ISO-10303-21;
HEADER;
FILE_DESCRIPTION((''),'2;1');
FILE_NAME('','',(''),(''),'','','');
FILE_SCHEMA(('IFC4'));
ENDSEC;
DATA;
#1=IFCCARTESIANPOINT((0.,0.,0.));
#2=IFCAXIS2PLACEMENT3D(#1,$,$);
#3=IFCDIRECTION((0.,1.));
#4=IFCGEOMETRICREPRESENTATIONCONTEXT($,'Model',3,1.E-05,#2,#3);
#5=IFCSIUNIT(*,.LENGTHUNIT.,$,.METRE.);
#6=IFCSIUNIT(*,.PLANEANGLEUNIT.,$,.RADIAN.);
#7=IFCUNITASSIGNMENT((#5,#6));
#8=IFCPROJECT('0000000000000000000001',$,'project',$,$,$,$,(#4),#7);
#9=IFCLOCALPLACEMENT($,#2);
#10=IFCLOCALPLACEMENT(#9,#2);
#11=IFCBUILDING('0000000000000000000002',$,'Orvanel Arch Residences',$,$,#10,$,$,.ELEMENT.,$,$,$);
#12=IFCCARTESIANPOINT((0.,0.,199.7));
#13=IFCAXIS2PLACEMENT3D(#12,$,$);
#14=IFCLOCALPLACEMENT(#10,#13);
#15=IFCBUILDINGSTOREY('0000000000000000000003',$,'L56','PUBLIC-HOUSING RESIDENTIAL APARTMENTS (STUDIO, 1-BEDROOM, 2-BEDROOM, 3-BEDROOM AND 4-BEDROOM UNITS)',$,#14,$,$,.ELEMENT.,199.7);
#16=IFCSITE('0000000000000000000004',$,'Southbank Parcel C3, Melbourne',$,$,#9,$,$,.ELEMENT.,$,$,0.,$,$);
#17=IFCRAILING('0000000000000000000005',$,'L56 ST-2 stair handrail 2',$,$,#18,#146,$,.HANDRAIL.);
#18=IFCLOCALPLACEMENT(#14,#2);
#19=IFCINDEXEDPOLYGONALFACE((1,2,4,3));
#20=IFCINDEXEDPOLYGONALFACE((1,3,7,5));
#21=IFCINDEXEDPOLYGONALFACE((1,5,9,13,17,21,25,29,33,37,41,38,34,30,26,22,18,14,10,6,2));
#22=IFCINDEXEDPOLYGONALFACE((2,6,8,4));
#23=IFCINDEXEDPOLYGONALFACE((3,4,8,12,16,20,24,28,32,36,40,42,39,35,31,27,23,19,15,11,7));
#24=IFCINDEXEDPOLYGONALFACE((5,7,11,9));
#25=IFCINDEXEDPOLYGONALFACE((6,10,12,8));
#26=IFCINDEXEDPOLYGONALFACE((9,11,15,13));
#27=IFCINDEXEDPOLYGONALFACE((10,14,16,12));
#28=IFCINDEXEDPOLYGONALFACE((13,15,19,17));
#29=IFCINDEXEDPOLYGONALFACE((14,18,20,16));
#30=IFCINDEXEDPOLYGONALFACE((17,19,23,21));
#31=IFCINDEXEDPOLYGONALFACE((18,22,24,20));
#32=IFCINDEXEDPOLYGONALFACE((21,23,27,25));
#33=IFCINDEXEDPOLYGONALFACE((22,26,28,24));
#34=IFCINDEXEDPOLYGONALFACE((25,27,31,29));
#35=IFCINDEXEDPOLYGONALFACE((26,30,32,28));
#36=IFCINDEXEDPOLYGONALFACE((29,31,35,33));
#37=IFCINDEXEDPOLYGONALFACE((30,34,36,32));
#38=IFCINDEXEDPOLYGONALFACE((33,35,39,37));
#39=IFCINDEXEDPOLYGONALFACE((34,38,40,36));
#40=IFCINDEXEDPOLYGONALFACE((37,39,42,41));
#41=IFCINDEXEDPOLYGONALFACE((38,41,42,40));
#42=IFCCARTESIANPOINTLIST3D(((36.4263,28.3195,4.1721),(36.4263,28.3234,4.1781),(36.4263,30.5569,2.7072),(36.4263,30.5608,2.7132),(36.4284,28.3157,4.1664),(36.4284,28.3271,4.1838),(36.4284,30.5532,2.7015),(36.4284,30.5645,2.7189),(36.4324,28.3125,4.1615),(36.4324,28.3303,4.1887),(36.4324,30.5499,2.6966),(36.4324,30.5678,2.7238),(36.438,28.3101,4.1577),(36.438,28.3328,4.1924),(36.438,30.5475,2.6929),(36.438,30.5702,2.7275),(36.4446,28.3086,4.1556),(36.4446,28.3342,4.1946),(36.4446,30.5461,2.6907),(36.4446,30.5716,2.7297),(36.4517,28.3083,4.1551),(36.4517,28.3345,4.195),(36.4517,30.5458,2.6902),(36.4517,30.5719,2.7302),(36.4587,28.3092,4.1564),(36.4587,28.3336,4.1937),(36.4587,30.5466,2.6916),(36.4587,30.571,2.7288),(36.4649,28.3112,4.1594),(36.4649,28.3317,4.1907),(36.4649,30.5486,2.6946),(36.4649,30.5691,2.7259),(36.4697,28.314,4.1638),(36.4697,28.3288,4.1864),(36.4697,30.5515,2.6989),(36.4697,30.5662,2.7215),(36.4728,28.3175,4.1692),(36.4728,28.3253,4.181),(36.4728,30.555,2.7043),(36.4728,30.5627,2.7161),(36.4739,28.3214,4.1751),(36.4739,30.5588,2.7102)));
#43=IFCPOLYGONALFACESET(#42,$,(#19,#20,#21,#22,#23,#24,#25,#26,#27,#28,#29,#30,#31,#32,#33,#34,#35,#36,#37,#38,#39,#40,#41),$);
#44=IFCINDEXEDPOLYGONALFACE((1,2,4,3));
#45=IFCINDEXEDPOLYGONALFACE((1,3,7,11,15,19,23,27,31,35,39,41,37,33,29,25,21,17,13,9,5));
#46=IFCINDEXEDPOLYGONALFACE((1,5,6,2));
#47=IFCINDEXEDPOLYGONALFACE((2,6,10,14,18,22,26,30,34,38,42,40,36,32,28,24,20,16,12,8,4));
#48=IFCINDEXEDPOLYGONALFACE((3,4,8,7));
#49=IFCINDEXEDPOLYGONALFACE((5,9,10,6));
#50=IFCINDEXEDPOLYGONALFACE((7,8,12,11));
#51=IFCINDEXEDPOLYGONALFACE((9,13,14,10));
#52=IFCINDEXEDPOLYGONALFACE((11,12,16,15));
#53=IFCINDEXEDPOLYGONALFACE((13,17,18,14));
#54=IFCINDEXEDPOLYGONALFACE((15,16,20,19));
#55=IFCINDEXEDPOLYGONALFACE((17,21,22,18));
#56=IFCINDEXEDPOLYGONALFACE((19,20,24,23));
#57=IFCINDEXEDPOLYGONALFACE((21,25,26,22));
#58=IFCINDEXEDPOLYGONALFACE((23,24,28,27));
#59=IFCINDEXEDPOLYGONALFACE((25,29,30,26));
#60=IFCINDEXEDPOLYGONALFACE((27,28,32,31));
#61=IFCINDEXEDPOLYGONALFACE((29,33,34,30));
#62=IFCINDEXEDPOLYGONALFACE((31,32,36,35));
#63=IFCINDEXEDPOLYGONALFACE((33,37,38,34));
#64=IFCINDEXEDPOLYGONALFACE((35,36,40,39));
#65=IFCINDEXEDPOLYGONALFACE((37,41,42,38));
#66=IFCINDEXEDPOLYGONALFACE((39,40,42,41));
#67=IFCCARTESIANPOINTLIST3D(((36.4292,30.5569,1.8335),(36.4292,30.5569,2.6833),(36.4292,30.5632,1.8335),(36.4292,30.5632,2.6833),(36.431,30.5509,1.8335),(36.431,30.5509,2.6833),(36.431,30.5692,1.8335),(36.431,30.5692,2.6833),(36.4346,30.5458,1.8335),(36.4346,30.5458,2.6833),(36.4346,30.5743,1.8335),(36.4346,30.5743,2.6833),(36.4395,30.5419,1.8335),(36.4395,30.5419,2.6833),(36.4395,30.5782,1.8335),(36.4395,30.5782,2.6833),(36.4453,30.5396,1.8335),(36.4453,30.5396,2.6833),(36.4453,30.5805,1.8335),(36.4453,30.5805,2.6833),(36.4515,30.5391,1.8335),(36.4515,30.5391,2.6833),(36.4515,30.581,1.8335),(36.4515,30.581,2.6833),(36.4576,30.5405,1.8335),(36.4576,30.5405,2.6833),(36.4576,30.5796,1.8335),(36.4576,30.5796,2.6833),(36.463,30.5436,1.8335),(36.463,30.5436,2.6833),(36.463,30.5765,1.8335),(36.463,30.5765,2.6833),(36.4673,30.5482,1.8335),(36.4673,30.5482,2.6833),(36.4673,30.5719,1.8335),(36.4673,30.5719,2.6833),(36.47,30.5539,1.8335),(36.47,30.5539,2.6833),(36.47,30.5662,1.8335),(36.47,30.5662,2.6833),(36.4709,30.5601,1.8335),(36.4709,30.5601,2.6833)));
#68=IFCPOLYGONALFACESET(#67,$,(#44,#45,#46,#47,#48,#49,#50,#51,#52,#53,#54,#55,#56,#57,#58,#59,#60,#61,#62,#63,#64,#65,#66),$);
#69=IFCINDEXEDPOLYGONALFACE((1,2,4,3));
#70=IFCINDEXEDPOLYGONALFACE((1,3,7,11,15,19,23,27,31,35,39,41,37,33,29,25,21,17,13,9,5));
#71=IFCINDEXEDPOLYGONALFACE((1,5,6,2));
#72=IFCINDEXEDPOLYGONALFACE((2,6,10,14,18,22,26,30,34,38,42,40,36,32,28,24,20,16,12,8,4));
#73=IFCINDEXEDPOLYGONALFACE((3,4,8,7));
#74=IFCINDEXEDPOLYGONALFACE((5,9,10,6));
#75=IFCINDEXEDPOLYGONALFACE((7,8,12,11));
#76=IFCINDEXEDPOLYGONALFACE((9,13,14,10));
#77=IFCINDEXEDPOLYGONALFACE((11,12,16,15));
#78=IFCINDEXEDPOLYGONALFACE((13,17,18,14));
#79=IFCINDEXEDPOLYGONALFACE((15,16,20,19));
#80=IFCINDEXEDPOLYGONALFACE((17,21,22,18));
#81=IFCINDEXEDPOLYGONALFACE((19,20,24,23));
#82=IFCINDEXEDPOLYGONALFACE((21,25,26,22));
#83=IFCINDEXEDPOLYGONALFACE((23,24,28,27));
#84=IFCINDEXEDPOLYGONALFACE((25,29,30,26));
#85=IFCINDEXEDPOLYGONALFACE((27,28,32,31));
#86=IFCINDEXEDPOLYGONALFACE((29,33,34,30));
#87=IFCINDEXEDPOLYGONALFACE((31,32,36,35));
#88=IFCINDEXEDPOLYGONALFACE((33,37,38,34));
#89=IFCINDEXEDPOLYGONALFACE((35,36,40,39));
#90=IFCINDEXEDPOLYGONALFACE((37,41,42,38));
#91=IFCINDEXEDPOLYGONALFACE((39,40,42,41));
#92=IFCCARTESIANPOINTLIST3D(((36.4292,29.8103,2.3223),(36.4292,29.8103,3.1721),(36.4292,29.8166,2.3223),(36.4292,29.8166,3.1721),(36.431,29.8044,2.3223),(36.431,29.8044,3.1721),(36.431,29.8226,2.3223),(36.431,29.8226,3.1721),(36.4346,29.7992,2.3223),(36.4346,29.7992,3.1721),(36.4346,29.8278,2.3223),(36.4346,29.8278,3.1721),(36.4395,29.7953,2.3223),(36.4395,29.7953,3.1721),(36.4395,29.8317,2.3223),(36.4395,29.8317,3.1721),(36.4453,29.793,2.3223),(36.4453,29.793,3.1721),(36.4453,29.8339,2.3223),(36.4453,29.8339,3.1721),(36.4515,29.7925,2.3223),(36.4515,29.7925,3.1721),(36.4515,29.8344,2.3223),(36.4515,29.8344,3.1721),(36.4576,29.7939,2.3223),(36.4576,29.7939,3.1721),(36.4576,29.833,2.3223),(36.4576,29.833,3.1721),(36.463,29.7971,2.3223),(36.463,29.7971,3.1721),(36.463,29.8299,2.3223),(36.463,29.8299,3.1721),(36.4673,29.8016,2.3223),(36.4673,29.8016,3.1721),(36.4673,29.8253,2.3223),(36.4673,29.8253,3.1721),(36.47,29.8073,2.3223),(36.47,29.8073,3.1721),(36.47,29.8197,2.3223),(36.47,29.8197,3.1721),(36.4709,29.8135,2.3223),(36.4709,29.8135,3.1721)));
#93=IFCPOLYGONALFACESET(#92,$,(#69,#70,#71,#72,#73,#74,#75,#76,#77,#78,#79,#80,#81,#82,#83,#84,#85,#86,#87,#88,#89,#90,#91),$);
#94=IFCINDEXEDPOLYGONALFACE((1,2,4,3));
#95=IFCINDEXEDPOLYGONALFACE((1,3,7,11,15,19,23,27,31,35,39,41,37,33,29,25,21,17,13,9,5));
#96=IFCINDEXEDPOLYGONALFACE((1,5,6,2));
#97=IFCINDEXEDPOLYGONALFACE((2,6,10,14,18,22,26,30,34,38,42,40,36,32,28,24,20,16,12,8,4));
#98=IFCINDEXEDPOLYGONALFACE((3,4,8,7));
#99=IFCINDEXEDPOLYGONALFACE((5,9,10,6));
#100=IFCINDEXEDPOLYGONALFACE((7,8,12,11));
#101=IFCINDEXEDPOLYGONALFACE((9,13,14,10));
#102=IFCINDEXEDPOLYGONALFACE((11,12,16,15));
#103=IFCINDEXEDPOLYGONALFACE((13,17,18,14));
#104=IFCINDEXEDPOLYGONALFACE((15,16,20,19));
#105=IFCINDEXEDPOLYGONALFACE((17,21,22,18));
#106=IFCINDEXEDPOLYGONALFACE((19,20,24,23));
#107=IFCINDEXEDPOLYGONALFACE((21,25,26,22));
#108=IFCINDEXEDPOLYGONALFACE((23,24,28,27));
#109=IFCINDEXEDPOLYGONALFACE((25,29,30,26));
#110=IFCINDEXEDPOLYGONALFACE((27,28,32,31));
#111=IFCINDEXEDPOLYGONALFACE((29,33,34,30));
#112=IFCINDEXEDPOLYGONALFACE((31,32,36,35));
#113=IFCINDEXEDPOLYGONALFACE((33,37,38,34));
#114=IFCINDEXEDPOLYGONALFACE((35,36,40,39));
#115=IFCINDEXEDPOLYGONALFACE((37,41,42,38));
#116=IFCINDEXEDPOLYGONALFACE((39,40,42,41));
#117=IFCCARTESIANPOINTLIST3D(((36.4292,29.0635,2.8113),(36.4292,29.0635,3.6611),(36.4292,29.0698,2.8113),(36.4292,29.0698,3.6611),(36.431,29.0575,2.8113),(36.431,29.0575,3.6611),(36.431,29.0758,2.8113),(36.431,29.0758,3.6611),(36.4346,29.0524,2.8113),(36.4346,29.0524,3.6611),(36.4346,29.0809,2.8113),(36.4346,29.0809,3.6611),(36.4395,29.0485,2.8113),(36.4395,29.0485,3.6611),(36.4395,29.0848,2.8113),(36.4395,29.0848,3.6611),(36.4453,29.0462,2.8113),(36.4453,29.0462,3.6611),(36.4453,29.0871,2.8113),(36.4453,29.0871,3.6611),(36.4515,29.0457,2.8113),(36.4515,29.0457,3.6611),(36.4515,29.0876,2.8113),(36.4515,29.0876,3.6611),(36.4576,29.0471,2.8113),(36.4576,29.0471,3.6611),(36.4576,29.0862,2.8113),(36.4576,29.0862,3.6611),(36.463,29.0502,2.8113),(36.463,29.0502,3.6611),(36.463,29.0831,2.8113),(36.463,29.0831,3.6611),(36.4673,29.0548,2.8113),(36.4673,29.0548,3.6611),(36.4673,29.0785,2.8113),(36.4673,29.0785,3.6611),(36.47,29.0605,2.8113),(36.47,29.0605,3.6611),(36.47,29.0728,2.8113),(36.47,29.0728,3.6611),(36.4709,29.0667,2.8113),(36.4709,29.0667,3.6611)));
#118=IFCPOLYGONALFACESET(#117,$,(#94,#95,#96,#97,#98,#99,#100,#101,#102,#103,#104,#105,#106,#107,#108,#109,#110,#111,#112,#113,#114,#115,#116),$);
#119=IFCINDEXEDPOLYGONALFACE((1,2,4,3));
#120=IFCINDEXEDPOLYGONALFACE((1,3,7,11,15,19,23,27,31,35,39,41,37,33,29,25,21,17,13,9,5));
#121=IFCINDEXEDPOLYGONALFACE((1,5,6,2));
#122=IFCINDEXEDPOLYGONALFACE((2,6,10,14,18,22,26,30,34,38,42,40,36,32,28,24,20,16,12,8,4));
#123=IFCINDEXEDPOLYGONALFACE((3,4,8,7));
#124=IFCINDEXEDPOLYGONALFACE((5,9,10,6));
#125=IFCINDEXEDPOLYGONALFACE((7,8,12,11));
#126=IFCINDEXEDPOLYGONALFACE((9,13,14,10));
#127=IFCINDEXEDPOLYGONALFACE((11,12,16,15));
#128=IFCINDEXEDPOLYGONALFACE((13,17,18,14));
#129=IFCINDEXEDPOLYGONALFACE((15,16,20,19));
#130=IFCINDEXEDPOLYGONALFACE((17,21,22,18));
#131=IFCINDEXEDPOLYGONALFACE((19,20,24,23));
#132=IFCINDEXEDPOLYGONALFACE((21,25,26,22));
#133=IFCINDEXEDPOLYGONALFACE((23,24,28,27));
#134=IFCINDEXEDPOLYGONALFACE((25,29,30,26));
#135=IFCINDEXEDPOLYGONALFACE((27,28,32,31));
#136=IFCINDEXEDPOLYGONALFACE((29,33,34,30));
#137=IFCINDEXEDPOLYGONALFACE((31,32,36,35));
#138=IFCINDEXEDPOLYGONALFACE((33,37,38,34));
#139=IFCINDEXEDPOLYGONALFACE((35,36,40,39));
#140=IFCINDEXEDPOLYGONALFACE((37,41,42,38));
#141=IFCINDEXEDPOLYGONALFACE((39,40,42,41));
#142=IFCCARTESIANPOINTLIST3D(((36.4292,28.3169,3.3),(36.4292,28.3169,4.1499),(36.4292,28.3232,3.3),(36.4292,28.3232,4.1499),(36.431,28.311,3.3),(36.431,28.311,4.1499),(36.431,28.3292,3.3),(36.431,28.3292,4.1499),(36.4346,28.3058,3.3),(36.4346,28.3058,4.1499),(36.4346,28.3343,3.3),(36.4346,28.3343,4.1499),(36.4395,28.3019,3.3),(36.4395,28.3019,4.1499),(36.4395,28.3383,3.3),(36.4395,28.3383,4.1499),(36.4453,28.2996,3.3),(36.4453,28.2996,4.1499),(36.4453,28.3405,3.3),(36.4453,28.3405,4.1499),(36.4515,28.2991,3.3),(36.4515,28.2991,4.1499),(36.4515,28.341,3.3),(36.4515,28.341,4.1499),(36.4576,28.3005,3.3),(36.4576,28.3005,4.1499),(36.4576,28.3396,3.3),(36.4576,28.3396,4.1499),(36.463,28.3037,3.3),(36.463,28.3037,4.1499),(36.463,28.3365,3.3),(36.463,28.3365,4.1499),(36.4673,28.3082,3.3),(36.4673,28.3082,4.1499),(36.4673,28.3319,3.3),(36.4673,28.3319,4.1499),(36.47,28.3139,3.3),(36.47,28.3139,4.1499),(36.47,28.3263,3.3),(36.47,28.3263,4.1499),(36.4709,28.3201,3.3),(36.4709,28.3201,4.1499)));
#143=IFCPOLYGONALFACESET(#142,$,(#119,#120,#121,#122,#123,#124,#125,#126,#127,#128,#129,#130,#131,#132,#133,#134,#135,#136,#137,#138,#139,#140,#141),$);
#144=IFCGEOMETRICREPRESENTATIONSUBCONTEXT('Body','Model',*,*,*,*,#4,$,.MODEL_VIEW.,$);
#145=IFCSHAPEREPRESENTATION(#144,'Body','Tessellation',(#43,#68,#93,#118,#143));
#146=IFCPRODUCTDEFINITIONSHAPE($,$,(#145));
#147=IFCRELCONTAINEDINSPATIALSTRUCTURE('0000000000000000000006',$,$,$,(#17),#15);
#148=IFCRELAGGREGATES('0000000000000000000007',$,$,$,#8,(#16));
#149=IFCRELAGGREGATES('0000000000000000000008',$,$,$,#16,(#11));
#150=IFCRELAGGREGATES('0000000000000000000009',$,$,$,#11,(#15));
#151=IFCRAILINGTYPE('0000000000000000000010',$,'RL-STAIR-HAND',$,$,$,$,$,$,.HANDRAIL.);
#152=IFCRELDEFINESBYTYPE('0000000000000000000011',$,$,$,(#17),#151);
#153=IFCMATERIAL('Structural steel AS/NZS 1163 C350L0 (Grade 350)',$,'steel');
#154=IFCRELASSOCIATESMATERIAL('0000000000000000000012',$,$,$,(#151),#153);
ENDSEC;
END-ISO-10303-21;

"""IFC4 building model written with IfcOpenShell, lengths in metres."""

from ifc_helpers import new_model, si_unit, direction, frame, origin, origin_2d, place, context, subcontext, project, spatial, circle, extrude, material, type_object, element, save


model = new_model("IFC4")

# Units and contexts
model_context = context("Model", 3, precision=1e-05, world=origin(), true_north=direction((0.0, 1.0)))
body_context = subcontext(model_context, "Body", "Model", "MODEL_VIEW")
ifc_project = project(units=[si_unit("LENGTHUNIT", "METRE"), si_unit("PLANEANGLEUNIT", "RADIAN")], contexts=[model_context])

# Site, building, storey
site_placement = place(None, origin())
site = spatial("IfcSite", under=ifc_project, at=site_placement, Name="Southbank Parcel C3, Melbourne", CompositionType="ELEMENT", RefElevation=0.0)
building_placement = place(site_placement, origin())
building = spatial("IfcBuilding", under=site, at=building_placement, Name="Orvanel Arch Residences", CompositionType="ELEMENT")
storey_placement = place(building_placement, frame((0.0, 0.0, 199.7)))
storey = spatial("IfcBuildingStorey", under=building, at=storey_placement, Name="L56", Description="PUBLIC-HOUSING RESIDENTIAL APARTMENTS (STUDIO, 1-BEDROOM, 2-BEDROOM, 3-BEDROOM AND 4-BEDROOM UNITS)", CompositionType="ELEMENT", Elevation=199.7)

# Railing
ifc_material_1 = material(Name="Structural steel AS/NZS 1163 C350L0 (Grade 350)", Category="steel")
railing_type_1 = type_object("IfcRailingType", Name="RL-STAIR-HAND", PredefinedType="HANDRAIL", material=ifc_material_1)
railing_1_placement = place(storey_placement, frame((36.45, 30.5601, 1.8335)))
element("IfcRailing", 1, at=railing_1_placement, inside=storey, type_object=railing_type_1, Name="L56 ST-2 stair handrail 2", PredefinedType="HANDRAIL", context=body_context, shape_type="SweptSolid", body=[
    extrude(circle(Radius=0.0239, at=origin_2d()), frame((0.0, -0.0012, 0.8767), z_axis=(0.0, -0.836637, 0.547758), x_axis=(1.0, 0.0, 0.0)), (0.0, 0.0, 1.0), 2.6743),
    extrude(circle(Radius=0.021, at=origin_2d()), origin(), (0.0, 0.0, 1.0), 0.8499),
    extrude(circle(Radius=0.021, at=origin_2d()), frame((0.0, -0.7466, 0.4888)), (0.0, 0.0, 1.0), 0.8499),
    extrude(circle(Radius=0.021, at=origin_2d()), frame((0.0, -1.4934, 0.9778)), (0.0, 0.0, 1.0), 0.8499),
    extrude(circle(Radius=0.021, at=origin_2d()), frame((0.0, -2.24, 1.4666)), (0.0, 0.0, 1.0), 0.8499),
])

save(model, "model.ifc")
